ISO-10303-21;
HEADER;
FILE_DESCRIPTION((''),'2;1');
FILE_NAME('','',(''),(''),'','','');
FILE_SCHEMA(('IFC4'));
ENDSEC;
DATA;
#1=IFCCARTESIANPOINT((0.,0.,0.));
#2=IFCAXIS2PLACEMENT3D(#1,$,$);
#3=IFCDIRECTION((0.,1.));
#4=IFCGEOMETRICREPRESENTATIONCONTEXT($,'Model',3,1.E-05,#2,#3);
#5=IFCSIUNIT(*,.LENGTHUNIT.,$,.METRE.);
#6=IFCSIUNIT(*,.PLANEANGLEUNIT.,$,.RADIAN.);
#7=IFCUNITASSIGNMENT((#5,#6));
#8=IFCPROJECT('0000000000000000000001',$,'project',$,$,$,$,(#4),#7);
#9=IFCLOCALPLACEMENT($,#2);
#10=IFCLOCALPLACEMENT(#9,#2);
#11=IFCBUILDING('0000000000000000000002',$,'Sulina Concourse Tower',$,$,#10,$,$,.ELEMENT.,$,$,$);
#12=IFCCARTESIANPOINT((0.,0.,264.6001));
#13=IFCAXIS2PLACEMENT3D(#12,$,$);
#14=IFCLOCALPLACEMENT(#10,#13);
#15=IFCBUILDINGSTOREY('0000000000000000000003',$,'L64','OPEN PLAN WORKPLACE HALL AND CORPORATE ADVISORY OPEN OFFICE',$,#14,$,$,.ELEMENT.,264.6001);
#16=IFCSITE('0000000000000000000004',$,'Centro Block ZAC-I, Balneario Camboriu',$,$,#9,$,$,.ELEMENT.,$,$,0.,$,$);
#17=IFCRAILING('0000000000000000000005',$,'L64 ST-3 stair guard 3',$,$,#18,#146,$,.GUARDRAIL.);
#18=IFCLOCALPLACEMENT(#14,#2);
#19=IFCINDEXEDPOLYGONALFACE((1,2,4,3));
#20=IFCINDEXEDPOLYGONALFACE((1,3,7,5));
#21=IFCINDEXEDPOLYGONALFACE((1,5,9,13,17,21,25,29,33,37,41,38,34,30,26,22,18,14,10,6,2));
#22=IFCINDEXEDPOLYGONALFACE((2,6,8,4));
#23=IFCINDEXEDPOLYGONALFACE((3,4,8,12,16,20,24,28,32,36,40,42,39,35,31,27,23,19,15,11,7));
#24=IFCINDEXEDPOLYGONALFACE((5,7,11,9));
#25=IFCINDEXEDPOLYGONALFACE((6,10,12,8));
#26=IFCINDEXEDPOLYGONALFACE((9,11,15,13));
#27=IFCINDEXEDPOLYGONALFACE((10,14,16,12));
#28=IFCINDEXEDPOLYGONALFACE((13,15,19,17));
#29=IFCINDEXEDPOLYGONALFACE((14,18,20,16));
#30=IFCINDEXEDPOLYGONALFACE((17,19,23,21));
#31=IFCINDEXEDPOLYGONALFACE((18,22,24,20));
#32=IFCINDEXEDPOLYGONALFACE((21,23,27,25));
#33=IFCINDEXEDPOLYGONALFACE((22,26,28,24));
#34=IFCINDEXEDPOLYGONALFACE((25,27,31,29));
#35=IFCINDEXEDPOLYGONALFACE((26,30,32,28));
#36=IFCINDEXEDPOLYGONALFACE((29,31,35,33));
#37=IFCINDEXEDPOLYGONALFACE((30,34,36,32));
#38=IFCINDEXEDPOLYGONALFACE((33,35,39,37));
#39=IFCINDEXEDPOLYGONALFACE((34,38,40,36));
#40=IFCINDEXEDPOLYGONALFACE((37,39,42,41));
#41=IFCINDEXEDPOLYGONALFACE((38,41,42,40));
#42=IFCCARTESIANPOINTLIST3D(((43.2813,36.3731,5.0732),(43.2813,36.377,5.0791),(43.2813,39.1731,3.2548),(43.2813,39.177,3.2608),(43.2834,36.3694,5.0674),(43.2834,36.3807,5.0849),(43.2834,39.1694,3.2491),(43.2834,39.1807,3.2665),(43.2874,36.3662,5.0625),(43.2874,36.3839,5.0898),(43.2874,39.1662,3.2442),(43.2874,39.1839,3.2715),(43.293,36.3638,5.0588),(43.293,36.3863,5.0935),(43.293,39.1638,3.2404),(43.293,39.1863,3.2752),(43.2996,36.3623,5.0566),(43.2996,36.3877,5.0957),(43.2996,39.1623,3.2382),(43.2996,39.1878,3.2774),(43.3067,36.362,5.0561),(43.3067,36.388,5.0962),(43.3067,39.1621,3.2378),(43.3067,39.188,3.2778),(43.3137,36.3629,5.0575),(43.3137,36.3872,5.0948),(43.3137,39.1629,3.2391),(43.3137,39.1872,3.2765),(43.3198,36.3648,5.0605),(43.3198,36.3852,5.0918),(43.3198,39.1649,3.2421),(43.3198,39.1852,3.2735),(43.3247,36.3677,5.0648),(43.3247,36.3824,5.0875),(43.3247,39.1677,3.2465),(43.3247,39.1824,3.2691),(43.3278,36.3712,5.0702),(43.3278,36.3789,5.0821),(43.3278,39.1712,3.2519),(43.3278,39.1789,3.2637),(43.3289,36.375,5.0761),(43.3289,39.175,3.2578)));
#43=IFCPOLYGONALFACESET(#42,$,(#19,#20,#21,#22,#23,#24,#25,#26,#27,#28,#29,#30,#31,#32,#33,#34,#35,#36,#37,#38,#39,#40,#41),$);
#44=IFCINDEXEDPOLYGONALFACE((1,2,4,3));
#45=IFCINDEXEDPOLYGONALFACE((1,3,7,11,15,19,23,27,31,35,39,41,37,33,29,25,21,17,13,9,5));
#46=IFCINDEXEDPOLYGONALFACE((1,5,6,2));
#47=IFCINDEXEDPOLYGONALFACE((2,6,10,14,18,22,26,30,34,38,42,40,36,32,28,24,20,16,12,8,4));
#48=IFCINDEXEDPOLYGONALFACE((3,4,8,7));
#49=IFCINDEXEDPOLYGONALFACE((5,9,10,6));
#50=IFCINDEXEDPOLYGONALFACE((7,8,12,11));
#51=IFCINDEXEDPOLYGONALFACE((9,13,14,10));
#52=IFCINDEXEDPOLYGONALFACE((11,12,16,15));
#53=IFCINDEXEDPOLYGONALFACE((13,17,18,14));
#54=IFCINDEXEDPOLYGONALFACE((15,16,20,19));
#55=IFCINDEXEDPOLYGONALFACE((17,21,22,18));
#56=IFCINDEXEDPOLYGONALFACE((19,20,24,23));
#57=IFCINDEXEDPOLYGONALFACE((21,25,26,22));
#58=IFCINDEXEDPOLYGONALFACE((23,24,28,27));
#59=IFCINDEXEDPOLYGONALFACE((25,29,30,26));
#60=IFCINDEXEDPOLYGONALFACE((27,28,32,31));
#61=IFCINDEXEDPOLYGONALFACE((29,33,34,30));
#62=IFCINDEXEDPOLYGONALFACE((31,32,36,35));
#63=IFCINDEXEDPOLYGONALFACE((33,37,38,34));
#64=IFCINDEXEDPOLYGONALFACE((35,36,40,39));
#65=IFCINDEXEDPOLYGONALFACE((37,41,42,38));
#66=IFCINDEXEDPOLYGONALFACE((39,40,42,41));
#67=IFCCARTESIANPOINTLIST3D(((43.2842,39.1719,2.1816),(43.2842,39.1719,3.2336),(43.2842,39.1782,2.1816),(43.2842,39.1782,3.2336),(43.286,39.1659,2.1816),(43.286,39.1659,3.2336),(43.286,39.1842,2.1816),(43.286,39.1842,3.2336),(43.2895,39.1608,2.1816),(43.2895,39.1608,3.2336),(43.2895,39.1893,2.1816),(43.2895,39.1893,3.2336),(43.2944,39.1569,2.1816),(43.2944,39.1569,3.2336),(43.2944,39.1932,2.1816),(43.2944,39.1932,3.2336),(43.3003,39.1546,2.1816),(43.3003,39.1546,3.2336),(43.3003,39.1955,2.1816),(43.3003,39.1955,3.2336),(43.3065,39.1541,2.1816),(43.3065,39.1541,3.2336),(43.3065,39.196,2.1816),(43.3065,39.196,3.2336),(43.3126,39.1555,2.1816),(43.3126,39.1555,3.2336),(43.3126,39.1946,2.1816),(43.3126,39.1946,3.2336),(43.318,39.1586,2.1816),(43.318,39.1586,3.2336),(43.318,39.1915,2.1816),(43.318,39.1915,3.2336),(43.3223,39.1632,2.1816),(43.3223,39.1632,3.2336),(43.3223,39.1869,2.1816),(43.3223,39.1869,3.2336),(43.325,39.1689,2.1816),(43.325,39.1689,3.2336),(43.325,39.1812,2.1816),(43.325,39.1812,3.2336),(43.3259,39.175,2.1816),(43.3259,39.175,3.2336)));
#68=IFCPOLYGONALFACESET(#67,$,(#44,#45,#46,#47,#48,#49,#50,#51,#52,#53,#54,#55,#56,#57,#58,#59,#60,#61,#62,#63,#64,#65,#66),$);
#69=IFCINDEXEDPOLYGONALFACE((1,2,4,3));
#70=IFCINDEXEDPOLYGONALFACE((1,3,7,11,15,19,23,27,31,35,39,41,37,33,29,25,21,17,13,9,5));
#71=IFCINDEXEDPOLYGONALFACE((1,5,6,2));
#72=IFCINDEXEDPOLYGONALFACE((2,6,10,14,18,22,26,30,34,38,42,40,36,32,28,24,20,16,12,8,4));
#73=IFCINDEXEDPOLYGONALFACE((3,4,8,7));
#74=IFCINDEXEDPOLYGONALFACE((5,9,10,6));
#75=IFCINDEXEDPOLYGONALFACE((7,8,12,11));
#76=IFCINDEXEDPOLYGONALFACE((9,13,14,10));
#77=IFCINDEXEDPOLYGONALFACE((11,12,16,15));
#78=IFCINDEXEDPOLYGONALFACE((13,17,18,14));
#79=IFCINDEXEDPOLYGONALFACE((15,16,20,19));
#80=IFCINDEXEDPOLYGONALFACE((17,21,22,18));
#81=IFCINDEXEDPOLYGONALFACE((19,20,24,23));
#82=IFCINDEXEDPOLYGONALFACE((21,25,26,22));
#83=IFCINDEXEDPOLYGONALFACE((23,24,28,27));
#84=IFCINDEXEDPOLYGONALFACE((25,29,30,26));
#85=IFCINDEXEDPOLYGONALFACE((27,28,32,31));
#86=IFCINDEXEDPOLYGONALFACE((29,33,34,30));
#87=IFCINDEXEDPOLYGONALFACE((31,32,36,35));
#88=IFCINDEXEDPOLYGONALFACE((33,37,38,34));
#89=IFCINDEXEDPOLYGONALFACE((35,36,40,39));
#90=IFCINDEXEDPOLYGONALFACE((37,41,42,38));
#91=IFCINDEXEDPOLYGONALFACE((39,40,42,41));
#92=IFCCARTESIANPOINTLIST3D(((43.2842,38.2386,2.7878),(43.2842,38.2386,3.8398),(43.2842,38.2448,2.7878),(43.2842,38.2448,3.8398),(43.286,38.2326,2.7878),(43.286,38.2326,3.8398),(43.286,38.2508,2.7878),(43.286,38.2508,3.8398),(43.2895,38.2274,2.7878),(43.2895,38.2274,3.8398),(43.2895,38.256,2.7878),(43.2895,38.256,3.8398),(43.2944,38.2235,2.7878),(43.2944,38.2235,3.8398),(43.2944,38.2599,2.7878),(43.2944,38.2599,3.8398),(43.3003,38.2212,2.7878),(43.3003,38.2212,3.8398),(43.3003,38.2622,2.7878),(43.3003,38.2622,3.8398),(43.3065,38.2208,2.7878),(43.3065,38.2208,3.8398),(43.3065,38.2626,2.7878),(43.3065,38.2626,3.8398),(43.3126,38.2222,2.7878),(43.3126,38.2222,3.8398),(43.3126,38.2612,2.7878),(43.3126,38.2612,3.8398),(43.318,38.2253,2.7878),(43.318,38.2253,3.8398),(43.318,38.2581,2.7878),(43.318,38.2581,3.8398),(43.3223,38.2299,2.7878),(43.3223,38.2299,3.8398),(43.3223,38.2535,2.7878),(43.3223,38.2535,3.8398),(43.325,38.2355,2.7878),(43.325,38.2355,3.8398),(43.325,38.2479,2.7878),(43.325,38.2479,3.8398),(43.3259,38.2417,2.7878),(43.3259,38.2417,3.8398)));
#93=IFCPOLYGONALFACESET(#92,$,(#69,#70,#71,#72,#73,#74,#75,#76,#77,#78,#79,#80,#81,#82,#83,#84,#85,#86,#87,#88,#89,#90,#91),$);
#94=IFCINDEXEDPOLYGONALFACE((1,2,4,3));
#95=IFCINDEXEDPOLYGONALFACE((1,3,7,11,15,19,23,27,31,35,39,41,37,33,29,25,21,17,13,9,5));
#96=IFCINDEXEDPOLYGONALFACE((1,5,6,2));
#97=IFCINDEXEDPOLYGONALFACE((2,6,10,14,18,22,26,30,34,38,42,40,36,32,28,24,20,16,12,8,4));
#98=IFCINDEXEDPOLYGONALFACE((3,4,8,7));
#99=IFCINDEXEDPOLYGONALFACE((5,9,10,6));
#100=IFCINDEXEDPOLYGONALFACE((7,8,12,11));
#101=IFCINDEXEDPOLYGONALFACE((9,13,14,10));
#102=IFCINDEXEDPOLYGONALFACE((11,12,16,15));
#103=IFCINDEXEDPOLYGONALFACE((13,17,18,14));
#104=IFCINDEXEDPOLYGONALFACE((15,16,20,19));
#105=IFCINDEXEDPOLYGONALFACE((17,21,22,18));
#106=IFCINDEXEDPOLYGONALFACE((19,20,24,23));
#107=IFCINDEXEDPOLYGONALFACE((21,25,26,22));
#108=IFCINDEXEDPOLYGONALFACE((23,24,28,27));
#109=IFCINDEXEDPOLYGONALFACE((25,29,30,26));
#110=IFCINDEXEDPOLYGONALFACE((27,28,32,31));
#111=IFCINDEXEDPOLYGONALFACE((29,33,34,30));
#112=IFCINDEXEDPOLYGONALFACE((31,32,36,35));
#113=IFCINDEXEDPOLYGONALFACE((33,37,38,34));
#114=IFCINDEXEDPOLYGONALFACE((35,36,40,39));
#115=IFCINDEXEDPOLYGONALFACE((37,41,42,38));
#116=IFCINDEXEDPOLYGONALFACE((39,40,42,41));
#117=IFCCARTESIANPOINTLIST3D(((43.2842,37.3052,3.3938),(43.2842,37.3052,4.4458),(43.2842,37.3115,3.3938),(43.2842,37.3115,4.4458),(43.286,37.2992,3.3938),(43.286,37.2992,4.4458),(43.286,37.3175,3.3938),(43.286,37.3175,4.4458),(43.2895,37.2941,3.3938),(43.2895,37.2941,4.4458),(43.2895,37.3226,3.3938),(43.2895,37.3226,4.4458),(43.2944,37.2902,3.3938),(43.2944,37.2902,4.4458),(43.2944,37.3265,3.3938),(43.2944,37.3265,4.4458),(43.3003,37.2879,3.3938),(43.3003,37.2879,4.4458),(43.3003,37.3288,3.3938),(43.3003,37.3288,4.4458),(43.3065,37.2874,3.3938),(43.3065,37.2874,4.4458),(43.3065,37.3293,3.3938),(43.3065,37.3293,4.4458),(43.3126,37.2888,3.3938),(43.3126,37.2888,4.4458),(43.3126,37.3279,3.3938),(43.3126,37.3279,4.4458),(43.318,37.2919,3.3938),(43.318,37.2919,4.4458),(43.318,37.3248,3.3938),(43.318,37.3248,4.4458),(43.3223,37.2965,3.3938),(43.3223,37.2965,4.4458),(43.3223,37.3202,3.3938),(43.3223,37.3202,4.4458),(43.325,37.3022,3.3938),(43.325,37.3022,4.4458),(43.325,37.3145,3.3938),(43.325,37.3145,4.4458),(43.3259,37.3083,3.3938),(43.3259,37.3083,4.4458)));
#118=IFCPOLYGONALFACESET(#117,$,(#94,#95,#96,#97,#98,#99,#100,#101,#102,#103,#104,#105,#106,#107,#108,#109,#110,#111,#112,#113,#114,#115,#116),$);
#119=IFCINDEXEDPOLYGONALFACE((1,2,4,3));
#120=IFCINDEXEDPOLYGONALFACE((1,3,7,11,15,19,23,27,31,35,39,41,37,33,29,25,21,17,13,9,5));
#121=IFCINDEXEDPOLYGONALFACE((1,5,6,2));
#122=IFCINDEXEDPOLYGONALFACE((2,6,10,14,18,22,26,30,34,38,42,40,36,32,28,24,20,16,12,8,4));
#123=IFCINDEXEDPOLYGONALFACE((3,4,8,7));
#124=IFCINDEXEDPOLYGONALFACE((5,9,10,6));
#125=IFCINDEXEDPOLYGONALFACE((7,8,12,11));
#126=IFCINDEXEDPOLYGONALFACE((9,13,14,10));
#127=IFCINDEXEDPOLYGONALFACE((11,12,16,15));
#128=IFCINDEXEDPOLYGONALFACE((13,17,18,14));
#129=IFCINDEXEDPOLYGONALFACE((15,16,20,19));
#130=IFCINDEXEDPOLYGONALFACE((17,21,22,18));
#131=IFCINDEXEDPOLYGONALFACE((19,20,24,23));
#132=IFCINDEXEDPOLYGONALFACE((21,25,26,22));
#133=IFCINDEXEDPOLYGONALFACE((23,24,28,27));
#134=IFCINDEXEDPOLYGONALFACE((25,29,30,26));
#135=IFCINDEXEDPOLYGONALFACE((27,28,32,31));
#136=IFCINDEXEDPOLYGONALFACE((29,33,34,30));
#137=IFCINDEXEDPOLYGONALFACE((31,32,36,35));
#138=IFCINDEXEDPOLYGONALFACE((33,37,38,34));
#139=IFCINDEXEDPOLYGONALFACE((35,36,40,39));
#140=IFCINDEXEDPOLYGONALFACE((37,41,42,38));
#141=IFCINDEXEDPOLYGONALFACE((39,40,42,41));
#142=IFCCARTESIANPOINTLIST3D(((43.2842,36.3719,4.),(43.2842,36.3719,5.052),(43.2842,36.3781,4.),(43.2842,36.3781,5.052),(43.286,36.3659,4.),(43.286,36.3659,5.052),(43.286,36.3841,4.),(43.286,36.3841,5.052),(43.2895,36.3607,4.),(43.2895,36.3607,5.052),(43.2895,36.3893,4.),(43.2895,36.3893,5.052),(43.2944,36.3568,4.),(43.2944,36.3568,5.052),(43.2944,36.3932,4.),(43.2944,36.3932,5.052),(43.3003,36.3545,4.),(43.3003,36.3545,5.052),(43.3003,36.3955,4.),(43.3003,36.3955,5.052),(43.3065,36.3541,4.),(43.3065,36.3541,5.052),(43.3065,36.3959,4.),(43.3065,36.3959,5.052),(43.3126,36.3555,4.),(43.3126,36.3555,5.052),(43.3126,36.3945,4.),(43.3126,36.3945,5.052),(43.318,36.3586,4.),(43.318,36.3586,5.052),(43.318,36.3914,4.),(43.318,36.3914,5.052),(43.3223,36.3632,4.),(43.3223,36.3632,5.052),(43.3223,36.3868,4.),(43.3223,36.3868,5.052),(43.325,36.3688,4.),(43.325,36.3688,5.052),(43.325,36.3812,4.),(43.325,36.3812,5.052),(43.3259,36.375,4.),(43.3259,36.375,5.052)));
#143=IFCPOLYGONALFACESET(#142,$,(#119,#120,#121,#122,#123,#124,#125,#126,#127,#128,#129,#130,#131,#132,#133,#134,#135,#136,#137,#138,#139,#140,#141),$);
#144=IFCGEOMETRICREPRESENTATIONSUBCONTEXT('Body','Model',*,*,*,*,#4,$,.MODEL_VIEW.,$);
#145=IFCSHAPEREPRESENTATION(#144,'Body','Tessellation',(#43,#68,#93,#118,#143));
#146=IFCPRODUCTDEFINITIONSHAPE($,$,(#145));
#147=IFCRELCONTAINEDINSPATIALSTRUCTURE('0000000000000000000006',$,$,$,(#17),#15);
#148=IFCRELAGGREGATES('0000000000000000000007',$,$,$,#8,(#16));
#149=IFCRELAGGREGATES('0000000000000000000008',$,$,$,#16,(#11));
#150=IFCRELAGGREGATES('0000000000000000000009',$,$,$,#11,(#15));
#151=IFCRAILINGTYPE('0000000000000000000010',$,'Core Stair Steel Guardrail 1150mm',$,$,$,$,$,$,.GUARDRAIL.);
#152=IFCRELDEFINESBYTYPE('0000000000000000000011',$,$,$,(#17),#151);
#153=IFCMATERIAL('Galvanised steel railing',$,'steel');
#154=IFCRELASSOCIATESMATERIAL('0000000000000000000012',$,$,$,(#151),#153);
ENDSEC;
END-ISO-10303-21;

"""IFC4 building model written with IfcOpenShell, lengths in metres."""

from ifc_helpers import new_model, si_unit, direction, frame, origin, origin_2d, place, context, subcontext, project, spatial, circle, extrude, material, type_object, element, save


model = new_model("IFC4")

# Units and contexts
model_context = context("Model", 3, precision=1e-05, world=origin(), true_north=direction((0.0, 1.0)))
body_context = subcontext(model_context, "Body", "Model", "MODEL_VIEW")
ifc_project = project(units=[si_unit("LENGTHUNIT", "METRE"), si_unit("PLANEANGLEUNIT", "RADIAN")], contexts=[model_context])

# Site, building, storey
site_placement = place(None, origin())
site = spatial("IfcSite", under=ifc_project, at=site_placement, Name="Centro Block ZAC-I, Balneario Camboriu", CompositionType="ELEMENT", RefElevation=0.0)
building_placement = place(site_placement, origin())
building = spatial("IfcBuilding", under=site, at=building_placement, Name="Sulina Concourse Tower", CompositionType="ELEMENT")
storey_placement = place(building_placement, frame((0.0, 0.0, 264.6001)))
storey = spatial("IfcBuildingStorey", under=building, at=storey_placement, Name="L64", Description="OPEN PLAN WORKPLACE HALL AND CORPORATE ADVISORY OPEN OFFICE", CompositionType="ELEMENT", Elevation=264.6001)

# Railing
ifc_material_1 = material(Name="Galvanised steel railing", Category="steel")
railing_type_1 = type_object("IfcRailingType", Name="Core Stair Steel Guardrail 1150mm", PredefinedType="GUARDRAIL", material=ifc_material_1)
railing_1_placement = place(storey_placement, frame((43.3049, 39.175, 2.1816)))
element("IfcRailing", 1, at=railing_1_placement, inside=storey, type_object=railing_type_1, Name="L64 ST-3 stair guard 3", PredefinedType="GUARDRAIL", context=body_context, shape_type="SweptSolid", body=[
    extrude(circle(Radius=0.0239, at=origin_2d()), frame((0.0, 0.0, 1.0762), z_axis=(0.0, -0.838672, 0.544636), x_axis=(1.0, 0.0, 0.0)), (0.0, 0.0, 1.0), 3.3386),
    extrude(circle(Radius=0.021, at=origin_2d()), origin(), (0.0, 0.0, 1.0), 1.052),
    extrude(circle(Radius=0.021, at=origin_2d()), frame((0.0, -0.9333, 0.6062)), (0.0, 0.0, 1.0), 1.052),
    extrude(circle(Radius=0.021, at=origin_2d()), frame((0.0, -1.8667, 1.2122)), (0.0, 0.0, 1.0), 1.052),
    extrude(circle(Radius=0.021, at=origin_2d()), frame((0.0, -2.8, 1.8184)), (0.0, 0.0, 1.0), 1.052),
])

save(model, "model.ifc")
